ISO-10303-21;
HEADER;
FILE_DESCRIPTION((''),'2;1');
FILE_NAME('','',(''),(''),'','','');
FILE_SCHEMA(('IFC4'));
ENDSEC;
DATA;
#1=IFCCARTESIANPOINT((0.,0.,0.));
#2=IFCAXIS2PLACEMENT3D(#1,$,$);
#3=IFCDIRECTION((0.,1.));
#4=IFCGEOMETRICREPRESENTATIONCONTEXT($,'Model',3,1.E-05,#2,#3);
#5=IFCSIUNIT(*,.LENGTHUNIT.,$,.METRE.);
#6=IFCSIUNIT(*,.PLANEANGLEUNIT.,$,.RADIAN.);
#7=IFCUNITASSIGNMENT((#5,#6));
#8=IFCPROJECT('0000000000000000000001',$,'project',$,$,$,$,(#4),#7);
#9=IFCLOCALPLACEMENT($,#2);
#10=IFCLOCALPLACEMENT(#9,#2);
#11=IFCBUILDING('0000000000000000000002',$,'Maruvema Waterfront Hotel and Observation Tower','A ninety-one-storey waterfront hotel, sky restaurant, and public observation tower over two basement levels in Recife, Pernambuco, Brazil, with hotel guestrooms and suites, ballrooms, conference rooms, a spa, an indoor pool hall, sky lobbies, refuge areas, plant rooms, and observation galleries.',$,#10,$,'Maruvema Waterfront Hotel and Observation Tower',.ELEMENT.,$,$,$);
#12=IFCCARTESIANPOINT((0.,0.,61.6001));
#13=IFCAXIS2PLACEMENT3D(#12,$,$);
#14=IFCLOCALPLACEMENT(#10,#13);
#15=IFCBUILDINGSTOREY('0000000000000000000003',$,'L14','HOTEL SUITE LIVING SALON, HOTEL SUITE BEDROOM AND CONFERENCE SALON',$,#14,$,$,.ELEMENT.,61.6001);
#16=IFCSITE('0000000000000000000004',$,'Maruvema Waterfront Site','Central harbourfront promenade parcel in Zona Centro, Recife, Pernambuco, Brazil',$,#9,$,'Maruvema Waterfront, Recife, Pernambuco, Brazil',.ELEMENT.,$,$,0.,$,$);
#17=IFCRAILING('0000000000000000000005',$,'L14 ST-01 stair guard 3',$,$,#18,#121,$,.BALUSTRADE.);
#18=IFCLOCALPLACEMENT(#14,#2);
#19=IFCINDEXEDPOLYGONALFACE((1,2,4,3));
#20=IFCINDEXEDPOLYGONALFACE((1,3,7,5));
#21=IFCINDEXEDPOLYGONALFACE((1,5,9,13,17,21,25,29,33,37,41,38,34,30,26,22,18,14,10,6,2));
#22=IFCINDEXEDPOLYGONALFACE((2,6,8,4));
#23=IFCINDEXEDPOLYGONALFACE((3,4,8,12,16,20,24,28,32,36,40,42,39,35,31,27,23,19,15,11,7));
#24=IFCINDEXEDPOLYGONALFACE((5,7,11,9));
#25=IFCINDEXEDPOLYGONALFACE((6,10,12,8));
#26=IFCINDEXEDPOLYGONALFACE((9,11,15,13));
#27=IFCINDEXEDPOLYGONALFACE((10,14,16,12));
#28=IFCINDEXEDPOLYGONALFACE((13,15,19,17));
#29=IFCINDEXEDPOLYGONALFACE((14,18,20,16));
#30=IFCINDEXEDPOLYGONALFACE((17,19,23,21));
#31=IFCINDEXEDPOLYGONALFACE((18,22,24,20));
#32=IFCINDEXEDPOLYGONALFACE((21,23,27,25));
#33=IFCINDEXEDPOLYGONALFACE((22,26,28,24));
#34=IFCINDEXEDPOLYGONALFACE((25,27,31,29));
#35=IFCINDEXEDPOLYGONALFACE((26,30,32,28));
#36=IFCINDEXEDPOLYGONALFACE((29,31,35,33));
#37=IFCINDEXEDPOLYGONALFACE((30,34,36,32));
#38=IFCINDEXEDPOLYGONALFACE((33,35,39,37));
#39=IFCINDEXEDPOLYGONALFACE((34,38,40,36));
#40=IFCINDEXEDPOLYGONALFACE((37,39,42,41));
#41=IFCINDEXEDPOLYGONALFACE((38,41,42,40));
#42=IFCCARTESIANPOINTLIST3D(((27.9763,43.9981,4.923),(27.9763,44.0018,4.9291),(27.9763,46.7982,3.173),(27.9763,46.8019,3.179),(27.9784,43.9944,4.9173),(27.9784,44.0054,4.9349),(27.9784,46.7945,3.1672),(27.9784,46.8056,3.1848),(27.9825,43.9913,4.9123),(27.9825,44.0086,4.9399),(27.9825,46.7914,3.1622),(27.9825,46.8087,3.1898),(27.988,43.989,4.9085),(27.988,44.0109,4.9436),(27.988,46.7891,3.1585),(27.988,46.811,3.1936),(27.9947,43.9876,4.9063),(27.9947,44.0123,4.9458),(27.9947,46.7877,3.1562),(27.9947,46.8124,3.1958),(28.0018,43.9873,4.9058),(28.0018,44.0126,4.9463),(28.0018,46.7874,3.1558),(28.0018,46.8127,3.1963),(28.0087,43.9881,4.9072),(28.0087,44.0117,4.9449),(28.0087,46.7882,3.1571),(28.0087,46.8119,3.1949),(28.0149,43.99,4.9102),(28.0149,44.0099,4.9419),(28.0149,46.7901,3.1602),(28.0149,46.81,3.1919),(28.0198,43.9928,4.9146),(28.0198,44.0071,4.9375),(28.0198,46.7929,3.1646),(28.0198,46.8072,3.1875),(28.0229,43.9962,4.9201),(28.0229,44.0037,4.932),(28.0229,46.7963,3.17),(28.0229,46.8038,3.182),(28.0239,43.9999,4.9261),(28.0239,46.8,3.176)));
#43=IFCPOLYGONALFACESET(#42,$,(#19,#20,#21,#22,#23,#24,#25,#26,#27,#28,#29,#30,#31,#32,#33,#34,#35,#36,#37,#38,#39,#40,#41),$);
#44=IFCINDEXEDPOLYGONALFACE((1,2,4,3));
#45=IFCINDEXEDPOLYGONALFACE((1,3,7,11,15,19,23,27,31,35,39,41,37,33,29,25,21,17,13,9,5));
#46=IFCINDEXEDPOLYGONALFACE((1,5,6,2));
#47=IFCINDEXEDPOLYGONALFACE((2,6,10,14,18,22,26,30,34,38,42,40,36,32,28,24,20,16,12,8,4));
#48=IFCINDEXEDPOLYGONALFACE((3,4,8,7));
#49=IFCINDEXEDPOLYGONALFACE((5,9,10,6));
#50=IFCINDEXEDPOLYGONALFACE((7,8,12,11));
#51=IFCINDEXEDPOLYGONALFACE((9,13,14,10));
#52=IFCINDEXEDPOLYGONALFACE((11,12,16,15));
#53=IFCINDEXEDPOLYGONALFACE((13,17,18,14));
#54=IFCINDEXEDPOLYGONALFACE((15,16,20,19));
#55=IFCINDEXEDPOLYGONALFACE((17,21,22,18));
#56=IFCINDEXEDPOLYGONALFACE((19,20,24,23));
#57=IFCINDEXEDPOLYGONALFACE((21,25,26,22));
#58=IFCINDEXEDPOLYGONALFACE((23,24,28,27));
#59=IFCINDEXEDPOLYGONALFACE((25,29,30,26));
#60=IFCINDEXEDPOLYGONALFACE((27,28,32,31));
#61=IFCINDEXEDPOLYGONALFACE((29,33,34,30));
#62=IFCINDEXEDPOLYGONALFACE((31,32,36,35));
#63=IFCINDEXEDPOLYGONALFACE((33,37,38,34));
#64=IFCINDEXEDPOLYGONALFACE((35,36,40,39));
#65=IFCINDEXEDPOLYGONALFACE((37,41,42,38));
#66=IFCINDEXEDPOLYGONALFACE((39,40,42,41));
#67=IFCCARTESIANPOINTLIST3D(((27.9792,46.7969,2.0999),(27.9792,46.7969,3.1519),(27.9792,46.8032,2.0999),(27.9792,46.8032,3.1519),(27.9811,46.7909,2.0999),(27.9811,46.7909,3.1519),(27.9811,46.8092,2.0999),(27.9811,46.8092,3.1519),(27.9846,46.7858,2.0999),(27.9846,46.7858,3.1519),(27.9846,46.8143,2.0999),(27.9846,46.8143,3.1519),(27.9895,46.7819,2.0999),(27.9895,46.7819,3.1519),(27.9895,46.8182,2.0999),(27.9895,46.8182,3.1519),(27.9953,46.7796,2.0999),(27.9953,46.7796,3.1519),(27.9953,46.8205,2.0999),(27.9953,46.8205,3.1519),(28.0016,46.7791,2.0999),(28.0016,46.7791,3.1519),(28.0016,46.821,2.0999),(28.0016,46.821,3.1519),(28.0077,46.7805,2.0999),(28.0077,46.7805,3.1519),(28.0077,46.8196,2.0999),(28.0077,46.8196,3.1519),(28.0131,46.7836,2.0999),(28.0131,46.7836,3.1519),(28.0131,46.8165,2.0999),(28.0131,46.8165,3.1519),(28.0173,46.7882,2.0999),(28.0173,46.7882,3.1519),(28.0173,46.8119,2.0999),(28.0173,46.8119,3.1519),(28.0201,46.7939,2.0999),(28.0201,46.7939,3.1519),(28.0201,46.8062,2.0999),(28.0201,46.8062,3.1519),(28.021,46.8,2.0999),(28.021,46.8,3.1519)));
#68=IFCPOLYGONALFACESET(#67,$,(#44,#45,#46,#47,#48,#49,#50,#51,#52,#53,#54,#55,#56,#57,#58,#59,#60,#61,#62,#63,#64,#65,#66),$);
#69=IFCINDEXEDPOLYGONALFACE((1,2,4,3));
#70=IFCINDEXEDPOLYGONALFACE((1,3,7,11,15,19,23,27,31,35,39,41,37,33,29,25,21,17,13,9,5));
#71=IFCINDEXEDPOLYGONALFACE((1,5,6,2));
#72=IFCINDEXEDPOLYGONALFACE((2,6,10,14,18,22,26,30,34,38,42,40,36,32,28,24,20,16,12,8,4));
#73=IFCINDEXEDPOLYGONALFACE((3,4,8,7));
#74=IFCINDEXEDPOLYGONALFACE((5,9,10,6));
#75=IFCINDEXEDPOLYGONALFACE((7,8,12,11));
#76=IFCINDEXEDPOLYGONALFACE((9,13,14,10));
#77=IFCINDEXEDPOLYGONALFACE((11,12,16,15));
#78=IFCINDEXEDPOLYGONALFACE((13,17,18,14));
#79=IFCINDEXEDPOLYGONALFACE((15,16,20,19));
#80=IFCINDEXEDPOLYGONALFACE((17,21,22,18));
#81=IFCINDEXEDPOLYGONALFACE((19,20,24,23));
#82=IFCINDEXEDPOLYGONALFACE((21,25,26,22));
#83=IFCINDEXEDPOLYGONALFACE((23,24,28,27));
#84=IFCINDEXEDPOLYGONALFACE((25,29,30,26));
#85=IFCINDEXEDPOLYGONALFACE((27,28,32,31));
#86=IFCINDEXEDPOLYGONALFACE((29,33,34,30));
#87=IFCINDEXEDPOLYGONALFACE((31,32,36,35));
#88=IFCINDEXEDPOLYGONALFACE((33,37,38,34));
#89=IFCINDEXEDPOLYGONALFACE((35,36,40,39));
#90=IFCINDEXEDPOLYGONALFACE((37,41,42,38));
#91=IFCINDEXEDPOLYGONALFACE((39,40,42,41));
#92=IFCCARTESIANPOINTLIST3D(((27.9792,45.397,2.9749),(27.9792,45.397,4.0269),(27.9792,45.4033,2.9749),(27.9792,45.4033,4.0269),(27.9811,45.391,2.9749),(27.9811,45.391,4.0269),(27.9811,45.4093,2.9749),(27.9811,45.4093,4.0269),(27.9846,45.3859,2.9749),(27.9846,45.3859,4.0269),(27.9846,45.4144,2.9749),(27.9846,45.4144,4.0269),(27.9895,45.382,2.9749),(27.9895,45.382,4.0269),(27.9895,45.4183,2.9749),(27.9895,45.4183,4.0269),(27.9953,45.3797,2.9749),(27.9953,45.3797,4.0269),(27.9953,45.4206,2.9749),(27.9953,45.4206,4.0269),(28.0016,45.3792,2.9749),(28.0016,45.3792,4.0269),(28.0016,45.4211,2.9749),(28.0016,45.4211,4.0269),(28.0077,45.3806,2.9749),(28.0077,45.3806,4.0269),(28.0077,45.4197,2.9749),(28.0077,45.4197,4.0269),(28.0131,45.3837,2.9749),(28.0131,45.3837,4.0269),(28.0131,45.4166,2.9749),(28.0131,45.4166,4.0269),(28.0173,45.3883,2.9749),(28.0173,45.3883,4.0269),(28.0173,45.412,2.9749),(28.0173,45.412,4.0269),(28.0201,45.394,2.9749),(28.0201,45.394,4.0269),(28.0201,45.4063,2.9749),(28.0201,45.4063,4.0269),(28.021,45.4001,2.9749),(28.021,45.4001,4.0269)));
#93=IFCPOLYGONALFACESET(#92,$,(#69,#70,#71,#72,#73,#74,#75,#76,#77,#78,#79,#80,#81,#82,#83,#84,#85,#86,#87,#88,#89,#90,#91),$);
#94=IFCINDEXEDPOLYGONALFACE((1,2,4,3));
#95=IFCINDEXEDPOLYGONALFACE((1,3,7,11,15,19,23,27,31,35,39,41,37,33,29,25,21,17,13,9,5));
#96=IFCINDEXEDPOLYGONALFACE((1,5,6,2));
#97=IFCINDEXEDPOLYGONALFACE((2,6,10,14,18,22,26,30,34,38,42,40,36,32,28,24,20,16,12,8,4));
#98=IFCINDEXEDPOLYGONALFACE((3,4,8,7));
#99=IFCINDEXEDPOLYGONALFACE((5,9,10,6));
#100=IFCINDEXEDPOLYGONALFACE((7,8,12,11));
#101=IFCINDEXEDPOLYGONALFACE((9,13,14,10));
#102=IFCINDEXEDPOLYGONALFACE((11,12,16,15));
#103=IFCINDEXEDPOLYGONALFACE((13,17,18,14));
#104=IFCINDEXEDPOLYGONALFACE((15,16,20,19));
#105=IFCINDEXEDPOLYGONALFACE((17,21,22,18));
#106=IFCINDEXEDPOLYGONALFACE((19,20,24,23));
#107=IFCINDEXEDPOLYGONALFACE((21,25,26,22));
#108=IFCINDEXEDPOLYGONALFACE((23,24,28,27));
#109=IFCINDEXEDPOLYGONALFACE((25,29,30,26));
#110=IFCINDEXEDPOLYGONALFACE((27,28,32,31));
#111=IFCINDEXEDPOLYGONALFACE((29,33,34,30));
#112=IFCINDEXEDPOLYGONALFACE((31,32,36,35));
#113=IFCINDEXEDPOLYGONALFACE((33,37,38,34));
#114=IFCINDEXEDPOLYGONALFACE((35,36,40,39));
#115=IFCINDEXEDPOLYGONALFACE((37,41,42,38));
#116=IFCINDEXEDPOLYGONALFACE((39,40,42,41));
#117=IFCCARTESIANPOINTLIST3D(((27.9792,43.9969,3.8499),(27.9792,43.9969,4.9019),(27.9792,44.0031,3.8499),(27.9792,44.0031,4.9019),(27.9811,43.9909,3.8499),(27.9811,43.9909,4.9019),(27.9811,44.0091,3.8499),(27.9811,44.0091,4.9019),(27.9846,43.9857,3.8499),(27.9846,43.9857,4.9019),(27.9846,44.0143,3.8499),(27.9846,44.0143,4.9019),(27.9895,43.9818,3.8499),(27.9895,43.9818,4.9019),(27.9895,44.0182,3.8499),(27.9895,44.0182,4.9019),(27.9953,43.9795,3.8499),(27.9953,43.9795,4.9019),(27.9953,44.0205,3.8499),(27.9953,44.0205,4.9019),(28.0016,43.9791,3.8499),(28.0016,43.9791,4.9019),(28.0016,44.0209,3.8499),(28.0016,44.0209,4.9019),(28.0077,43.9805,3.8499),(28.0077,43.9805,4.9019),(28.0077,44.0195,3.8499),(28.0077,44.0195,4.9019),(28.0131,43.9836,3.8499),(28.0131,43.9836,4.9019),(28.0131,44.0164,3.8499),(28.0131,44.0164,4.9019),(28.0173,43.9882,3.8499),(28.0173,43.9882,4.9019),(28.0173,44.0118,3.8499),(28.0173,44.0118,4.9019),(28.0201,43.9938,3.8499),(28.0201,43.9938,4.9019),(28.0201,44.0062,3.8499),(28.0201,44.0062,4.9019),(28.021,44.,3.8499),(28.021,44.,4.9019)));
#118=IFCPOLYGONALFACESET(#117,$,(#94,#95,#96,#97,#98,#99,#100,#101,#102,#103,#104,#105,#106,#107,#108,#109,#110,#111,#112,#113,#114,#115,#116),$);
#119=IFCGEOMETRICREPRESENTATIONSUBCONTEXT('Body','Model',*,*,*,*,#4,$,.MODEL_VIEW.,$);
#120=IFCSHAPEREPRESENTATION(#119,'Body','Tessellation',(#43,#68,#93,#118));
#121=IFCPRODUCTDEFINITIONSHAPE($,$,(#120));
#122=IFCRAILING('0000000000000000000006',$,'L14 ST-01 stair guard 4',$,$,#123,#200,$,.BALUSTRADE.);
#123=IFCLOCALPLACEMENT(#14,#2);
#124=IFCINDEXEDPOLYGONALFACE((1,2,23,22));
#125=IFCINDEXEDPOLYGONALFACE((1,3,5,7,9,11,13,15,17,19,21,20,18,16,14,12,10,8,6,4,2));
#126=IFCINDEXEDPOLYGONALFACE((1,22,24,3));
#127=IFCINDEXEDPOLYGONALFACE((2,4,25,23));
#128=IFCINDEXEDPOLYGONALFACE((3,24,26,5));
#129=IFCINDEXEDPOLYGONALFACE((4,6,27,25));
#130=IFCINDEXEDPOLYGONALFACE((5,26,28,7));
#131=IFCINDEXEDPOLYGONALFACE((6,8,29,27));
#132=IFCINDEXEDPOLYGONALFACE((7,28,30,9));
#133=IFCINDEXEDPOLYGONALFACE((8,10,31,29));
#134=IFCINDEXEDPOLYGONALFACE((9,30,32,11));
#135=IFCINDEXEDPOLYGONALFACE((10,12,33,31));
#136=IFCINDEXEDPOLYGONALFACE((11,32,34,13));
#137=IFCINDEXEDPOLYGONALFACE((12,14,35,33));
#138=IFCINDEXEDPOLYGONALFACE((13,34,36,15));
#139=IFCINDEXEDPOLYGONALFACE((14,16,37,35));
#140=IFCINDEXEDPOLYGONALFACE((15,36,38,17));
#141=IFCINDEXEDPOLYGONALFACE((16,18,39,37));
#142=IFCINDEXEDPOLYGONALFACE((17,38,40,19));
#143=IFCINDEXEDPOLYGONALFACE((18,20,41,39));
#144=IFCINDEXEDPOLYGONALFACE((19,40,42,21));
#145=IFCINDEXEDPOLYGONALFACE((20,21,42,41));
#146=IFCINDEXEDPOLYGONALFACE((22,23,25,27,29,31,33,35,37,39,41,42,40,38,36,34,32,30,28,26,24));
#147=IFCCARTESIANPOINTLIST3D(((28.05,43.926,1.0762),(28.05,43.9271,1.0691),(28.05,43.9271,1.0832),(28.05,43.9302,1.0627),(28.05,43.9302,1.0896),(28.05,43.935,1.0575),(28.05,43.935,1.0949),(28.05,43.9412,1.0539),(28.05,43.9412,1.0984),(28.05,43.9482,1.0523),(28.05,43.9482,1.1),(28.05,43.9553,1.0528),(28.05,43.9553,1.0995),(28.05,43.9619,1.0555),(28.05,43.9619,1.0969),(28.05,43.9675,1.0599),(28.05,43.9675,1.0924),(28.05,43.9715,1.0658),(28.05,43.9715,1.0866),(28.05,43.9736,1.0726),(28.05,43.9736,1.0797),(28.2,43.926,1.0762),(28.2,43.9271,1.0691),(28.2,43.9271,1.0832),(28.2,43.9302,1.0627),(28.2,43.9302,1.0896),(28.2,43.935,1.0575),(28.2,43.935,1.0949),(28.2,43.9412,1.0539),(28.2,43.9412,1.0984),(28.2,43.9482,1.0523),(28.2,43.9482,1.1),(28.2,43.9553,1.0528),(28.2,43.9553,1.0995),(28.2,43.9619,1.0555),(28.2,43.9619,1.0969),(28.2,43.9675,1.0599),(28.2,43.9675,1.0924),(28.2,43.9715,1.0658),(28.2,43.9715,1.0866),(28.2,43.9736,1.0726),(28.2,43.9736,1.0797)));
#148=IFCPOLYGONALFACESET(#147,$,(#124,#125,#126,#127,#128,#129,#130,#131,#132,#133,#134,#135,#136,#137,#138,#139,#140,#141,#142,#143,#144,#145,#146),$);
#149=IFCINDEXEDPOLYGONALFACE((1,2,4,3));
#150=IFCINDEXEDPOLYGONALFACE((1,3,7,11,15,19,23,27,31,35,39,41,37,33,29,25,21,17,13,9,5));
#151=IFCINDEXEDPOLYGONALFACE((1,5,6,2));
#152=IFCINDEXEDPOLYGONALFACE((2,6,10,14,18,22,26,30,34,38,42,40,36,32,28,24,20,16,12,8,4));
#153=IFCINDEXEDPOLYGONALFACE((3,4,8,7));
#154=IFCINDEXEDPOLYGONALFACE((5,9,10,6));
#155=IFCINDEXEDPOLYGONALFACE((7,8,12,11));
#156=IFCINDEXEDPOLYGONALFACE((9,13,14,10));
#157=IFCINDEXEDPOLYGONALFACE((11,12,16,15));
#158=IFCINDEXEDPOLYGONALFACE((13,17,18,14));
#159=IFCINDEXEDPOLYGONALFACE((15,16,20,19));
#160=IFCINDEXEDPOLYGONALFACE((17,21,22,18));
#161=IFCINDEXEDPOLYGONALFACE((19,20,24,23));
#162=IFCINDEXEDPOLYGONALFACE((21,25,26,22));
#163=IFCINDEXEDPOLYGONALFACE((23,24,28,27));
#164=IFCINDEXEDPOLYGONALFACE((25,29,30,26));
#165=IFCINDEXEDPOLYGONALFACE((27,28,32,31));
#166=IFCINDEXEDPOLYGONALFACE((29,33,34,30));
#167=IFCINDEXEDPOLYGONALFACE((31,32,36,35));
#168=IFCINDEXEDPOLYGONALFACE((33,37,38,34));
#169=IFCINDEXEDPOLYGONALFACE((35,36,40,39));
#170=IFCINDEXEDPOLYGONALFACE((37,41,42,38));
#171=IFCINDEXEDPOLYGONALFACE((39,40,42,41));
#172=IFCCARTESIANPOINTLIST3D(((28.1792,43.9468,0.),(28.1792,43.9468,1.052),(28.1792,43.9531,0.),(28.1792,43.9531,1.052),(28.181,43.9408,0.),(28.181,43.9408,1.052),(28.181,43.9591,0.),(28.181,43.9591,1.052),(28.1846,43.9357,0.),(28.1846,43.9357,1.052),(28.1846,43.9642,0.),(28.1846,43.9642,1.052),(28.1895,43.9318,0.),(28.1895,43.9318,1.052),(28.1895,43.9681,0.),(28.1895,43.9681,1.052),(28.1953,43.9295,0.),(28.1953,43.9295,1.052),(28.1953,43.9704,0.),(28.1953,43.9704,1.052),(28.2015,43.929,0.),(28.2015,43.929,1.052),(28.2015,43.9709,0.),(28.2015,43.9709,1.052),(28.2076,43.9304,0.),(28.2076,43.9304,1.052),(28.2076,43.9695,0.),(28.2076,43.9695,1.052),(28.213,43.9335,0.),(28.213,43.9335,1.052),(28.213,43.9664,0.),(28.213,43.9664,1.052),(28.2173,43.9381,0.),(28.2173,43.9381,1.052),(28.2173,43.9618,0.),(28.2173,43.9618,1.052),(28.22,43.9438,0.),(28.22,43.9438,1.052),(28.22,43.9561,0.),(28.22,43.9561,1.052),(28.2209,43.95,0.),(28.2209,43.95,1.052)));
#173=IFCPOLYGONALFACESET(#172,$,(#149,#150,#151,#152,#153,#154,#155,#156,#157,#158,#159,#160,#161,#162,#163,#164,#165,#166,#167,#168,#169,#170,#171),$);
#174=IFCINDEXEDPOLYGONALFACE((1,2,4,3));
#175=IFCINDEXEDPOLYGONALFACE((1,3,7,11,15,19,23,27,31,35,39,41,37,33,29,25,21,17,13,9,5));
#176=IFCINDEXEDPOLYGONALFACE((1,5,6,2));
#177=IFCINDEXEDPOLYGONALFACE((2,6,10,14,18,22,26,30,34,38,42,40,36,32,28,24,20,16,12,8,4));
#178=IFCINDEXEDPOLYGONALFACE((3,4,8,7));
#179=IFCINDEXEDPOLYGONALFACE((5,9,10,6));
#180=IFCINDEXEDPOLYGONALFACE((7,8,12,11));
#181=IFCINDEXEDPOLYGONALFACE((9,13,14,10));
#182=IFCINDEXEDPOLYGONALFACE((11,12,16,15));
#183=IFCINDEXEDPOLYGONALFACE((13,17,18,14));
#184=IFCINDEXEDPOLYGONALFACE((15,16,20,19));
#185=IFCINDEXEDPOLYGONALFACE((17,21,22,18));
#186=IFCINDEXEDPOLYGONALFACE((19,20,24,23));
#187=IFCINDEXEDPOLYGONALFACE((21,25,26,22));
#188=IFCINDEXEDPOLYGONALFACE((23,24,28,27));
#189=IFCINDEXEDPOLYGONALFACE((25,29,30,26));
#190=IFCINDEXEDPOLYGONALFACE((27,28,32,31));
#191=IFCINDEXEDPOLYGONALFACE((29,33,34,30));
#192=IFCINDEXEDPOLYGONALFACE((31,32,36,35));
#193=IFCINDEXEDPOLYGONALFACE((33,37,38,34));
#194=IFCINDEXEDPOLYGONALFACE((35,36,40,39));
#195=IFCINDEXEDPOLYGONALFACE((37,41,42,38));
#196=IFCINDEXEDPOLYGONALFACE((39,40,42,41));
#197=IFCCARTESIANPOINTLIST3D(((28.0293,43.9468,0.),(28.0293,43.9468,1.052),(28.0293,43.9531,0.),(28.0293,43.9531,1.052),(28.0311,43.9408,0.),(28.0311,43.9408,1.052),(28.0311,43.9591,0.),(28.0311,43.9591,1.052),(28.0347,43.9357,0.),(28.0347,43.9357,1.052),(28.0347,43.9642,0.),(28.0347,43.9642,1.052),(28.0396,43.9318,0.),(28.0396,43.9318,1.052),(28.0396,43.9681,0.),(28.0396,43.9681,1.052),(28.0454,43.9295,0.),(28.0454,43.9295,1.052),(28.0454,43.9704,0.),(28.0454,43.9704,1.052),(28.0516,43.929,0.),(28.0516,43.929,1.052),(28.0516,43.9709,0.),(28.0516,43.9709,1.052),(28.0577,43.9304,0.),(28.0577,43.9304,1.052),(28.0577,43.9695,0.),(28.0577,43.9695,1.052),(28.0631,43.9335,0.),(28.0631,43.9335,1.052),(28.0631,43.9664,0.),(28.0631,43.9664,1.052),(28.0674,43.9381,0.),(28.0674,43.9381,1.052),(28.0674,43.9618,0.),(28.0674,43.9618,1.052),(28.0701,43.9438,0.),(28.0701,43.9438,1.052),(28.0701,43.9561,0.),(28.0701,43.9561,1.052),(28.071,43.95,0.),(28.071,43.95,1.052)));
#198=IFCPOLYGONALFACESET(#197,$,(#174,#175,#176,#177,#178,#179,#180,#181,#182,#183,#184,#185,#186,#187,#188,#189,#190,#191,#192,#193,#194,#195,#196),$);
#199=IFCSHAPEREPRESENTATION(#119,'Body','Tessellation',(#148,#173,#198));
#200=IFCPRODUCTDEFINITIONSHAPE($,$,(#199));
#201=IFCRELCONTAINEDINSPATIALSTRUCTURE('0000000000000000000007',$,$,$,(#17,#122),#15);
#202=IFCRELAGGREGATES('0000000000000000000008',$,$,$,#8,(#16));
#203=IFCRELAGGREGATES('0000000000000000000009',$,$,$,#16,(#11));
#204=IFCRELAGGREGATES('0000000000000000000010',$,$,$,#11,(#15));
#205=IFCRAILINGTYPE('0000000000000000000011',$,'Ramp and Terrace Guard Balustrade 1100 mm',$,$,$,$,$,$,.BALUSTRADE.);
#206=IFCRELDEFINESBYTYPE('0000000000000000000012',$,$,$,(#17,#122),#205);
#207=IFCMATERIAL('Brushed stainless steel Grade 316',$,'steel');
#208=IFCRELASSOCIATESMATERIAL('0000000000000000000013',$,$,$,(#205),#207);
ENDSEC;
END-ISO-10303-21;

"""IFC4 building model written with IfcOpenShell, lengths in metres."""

from ifc_helpers import new_model, si_unit, direction, frame, origin, origin_2d, place, context, subcontext, project, spatial, circle, extrude, material, type_object, element, save


model = new_model("IFC4")

# Units and contexts
model_context = context("Model", 3, precision=1e-05, world=origin(), true_north=direction((0.0, 1.0)))
body_context = subcontext(model_context, "Body", "Model", "MODEL_VIEW")
ifc_project = project(units=[si_unit("LENGTHUNIT", "METRE"), si_unit("PLANEANGLEUNIT", "RADIAN")], contexts=[model_context])

# Site, building, storey
site_placement = place(None, origin())
site = spatial("IfcSite", under=ifc_project, at=site_placement, Name="Maruvema Waterfront Site", Description="Central harbourfront promenade parcel in Zona Centro, Recife, Pernambuco, Brazil", LongName="Maruvema Waterfront, Recife, Pernambuco, Brazil", CompositionType="ELEMENT", RefElevation=0.0)
building_placement = place(site_placement, origin())
building = spatial("IfcBuilding", under=site, at=building_placement, Name="Maruvema Waterfront Hotel and Observation Tower", Description="A ninety-one-storey waterfront hotel, sky restaurant, and public observation tower over two basement levels in Recife, Pernambuco, Brazil, with hotel guestrooms and suites, ballrooms, conference rooms, a spa, an indoor pool hall, sky lobbies, refuge areas, plant rooms, and observation galleries.", LongName="Maruvema Waterfront Hotel and Observation Tower", CompositionType="ELEMENT")
storey_placement = place(building_placement, frame((0.0, 0.0, 61.6001)))
storey = spatial("IfcBuildingStorey", under=building, at=storey_placement, Name="L14", Description="HOTEL SUITE LIVING SALON, HOTEL SUITE BEDROOM AND CONFERENCE SALON", CompositionType="ELEMENT", Elevation=61.6001)

# Railings
ifc_material_1 = material(Name="Brushed stainless steel Grade 316", Category="steel")
railing_type_1 = type_object("IfcRailingType", Name="Ramp and Terrace Guard Balustrade 1100 mm", PredefinedType="BALUSTRADE", material=ifc_material_1)
railing_1_placement = place(storey_placement, frame((28.0, 46.8, 2.0999)))
element("IfcRailing", 1, at=railing_1_placement, inside=storey, type_object=railing_type_1, Name="L14 ST-01 stair guard 3", PredefinedType="BALUSTRADE", context=body_context, shape_type="SweptSolid", body=[
    extrude(circle(Radius=0.0239, at=origin_2d()), frame((0.0, 0.0, 1.0762), z_axis=(0.0, -0.848002, 0.529992), x_axis=(1.0, 0.0, 0.0)), (0.0, 0.0, 1.0), 3.302),
    extrude(circle(Radius=0.021, at=origin_2d()), origin(), (0.0, 0.0, 1.0), 1.052),
    extrude(circle(Radius=0.021, at=origin_2d()), frame((0.0, -1.3999, 0.875)), (0.0, 0.0, 1.0), 1.052),
    extrude(circle(Radius=0.021, at=origin_2d()), frame((0.0, -2.8, 1.75)), (0.0, 0.0, 1.0), 1.052),
])
railing_2_placement = place(storey_placement, frame((28.2, 43.95, 0.0)))
element("IfcRailing", 2, at=railing_2_placement, inside=storey, type_object=railing_type_1, Name="L14 ST-01 stair guard 4", PredefinedType="BALUSTRADE", context=body_context, shape_type="SweptSolid", body=[
    extrude(circle(Radius=0.0239, at=origin_2d()), frame((0.0, 0.0, 1.0762), z_axis=(-1.0, 0.0, 0.0), x_axis=(0.0, -1.0, 0.0)), (0.0, 0.0, 1.0), 0.1499),
    extrude(circle(Radius=0.021, at=origin_2d()), origin(), (0.0, 0.0, 1.0), 1.052),
    extrude(circle(Radius=0.021, at=origin_2d()), frame((-0.1499, 0.0, 0.0)), (0.0, 0.0, 1.0), 1.052),
])

save(model, "model.ifc")
